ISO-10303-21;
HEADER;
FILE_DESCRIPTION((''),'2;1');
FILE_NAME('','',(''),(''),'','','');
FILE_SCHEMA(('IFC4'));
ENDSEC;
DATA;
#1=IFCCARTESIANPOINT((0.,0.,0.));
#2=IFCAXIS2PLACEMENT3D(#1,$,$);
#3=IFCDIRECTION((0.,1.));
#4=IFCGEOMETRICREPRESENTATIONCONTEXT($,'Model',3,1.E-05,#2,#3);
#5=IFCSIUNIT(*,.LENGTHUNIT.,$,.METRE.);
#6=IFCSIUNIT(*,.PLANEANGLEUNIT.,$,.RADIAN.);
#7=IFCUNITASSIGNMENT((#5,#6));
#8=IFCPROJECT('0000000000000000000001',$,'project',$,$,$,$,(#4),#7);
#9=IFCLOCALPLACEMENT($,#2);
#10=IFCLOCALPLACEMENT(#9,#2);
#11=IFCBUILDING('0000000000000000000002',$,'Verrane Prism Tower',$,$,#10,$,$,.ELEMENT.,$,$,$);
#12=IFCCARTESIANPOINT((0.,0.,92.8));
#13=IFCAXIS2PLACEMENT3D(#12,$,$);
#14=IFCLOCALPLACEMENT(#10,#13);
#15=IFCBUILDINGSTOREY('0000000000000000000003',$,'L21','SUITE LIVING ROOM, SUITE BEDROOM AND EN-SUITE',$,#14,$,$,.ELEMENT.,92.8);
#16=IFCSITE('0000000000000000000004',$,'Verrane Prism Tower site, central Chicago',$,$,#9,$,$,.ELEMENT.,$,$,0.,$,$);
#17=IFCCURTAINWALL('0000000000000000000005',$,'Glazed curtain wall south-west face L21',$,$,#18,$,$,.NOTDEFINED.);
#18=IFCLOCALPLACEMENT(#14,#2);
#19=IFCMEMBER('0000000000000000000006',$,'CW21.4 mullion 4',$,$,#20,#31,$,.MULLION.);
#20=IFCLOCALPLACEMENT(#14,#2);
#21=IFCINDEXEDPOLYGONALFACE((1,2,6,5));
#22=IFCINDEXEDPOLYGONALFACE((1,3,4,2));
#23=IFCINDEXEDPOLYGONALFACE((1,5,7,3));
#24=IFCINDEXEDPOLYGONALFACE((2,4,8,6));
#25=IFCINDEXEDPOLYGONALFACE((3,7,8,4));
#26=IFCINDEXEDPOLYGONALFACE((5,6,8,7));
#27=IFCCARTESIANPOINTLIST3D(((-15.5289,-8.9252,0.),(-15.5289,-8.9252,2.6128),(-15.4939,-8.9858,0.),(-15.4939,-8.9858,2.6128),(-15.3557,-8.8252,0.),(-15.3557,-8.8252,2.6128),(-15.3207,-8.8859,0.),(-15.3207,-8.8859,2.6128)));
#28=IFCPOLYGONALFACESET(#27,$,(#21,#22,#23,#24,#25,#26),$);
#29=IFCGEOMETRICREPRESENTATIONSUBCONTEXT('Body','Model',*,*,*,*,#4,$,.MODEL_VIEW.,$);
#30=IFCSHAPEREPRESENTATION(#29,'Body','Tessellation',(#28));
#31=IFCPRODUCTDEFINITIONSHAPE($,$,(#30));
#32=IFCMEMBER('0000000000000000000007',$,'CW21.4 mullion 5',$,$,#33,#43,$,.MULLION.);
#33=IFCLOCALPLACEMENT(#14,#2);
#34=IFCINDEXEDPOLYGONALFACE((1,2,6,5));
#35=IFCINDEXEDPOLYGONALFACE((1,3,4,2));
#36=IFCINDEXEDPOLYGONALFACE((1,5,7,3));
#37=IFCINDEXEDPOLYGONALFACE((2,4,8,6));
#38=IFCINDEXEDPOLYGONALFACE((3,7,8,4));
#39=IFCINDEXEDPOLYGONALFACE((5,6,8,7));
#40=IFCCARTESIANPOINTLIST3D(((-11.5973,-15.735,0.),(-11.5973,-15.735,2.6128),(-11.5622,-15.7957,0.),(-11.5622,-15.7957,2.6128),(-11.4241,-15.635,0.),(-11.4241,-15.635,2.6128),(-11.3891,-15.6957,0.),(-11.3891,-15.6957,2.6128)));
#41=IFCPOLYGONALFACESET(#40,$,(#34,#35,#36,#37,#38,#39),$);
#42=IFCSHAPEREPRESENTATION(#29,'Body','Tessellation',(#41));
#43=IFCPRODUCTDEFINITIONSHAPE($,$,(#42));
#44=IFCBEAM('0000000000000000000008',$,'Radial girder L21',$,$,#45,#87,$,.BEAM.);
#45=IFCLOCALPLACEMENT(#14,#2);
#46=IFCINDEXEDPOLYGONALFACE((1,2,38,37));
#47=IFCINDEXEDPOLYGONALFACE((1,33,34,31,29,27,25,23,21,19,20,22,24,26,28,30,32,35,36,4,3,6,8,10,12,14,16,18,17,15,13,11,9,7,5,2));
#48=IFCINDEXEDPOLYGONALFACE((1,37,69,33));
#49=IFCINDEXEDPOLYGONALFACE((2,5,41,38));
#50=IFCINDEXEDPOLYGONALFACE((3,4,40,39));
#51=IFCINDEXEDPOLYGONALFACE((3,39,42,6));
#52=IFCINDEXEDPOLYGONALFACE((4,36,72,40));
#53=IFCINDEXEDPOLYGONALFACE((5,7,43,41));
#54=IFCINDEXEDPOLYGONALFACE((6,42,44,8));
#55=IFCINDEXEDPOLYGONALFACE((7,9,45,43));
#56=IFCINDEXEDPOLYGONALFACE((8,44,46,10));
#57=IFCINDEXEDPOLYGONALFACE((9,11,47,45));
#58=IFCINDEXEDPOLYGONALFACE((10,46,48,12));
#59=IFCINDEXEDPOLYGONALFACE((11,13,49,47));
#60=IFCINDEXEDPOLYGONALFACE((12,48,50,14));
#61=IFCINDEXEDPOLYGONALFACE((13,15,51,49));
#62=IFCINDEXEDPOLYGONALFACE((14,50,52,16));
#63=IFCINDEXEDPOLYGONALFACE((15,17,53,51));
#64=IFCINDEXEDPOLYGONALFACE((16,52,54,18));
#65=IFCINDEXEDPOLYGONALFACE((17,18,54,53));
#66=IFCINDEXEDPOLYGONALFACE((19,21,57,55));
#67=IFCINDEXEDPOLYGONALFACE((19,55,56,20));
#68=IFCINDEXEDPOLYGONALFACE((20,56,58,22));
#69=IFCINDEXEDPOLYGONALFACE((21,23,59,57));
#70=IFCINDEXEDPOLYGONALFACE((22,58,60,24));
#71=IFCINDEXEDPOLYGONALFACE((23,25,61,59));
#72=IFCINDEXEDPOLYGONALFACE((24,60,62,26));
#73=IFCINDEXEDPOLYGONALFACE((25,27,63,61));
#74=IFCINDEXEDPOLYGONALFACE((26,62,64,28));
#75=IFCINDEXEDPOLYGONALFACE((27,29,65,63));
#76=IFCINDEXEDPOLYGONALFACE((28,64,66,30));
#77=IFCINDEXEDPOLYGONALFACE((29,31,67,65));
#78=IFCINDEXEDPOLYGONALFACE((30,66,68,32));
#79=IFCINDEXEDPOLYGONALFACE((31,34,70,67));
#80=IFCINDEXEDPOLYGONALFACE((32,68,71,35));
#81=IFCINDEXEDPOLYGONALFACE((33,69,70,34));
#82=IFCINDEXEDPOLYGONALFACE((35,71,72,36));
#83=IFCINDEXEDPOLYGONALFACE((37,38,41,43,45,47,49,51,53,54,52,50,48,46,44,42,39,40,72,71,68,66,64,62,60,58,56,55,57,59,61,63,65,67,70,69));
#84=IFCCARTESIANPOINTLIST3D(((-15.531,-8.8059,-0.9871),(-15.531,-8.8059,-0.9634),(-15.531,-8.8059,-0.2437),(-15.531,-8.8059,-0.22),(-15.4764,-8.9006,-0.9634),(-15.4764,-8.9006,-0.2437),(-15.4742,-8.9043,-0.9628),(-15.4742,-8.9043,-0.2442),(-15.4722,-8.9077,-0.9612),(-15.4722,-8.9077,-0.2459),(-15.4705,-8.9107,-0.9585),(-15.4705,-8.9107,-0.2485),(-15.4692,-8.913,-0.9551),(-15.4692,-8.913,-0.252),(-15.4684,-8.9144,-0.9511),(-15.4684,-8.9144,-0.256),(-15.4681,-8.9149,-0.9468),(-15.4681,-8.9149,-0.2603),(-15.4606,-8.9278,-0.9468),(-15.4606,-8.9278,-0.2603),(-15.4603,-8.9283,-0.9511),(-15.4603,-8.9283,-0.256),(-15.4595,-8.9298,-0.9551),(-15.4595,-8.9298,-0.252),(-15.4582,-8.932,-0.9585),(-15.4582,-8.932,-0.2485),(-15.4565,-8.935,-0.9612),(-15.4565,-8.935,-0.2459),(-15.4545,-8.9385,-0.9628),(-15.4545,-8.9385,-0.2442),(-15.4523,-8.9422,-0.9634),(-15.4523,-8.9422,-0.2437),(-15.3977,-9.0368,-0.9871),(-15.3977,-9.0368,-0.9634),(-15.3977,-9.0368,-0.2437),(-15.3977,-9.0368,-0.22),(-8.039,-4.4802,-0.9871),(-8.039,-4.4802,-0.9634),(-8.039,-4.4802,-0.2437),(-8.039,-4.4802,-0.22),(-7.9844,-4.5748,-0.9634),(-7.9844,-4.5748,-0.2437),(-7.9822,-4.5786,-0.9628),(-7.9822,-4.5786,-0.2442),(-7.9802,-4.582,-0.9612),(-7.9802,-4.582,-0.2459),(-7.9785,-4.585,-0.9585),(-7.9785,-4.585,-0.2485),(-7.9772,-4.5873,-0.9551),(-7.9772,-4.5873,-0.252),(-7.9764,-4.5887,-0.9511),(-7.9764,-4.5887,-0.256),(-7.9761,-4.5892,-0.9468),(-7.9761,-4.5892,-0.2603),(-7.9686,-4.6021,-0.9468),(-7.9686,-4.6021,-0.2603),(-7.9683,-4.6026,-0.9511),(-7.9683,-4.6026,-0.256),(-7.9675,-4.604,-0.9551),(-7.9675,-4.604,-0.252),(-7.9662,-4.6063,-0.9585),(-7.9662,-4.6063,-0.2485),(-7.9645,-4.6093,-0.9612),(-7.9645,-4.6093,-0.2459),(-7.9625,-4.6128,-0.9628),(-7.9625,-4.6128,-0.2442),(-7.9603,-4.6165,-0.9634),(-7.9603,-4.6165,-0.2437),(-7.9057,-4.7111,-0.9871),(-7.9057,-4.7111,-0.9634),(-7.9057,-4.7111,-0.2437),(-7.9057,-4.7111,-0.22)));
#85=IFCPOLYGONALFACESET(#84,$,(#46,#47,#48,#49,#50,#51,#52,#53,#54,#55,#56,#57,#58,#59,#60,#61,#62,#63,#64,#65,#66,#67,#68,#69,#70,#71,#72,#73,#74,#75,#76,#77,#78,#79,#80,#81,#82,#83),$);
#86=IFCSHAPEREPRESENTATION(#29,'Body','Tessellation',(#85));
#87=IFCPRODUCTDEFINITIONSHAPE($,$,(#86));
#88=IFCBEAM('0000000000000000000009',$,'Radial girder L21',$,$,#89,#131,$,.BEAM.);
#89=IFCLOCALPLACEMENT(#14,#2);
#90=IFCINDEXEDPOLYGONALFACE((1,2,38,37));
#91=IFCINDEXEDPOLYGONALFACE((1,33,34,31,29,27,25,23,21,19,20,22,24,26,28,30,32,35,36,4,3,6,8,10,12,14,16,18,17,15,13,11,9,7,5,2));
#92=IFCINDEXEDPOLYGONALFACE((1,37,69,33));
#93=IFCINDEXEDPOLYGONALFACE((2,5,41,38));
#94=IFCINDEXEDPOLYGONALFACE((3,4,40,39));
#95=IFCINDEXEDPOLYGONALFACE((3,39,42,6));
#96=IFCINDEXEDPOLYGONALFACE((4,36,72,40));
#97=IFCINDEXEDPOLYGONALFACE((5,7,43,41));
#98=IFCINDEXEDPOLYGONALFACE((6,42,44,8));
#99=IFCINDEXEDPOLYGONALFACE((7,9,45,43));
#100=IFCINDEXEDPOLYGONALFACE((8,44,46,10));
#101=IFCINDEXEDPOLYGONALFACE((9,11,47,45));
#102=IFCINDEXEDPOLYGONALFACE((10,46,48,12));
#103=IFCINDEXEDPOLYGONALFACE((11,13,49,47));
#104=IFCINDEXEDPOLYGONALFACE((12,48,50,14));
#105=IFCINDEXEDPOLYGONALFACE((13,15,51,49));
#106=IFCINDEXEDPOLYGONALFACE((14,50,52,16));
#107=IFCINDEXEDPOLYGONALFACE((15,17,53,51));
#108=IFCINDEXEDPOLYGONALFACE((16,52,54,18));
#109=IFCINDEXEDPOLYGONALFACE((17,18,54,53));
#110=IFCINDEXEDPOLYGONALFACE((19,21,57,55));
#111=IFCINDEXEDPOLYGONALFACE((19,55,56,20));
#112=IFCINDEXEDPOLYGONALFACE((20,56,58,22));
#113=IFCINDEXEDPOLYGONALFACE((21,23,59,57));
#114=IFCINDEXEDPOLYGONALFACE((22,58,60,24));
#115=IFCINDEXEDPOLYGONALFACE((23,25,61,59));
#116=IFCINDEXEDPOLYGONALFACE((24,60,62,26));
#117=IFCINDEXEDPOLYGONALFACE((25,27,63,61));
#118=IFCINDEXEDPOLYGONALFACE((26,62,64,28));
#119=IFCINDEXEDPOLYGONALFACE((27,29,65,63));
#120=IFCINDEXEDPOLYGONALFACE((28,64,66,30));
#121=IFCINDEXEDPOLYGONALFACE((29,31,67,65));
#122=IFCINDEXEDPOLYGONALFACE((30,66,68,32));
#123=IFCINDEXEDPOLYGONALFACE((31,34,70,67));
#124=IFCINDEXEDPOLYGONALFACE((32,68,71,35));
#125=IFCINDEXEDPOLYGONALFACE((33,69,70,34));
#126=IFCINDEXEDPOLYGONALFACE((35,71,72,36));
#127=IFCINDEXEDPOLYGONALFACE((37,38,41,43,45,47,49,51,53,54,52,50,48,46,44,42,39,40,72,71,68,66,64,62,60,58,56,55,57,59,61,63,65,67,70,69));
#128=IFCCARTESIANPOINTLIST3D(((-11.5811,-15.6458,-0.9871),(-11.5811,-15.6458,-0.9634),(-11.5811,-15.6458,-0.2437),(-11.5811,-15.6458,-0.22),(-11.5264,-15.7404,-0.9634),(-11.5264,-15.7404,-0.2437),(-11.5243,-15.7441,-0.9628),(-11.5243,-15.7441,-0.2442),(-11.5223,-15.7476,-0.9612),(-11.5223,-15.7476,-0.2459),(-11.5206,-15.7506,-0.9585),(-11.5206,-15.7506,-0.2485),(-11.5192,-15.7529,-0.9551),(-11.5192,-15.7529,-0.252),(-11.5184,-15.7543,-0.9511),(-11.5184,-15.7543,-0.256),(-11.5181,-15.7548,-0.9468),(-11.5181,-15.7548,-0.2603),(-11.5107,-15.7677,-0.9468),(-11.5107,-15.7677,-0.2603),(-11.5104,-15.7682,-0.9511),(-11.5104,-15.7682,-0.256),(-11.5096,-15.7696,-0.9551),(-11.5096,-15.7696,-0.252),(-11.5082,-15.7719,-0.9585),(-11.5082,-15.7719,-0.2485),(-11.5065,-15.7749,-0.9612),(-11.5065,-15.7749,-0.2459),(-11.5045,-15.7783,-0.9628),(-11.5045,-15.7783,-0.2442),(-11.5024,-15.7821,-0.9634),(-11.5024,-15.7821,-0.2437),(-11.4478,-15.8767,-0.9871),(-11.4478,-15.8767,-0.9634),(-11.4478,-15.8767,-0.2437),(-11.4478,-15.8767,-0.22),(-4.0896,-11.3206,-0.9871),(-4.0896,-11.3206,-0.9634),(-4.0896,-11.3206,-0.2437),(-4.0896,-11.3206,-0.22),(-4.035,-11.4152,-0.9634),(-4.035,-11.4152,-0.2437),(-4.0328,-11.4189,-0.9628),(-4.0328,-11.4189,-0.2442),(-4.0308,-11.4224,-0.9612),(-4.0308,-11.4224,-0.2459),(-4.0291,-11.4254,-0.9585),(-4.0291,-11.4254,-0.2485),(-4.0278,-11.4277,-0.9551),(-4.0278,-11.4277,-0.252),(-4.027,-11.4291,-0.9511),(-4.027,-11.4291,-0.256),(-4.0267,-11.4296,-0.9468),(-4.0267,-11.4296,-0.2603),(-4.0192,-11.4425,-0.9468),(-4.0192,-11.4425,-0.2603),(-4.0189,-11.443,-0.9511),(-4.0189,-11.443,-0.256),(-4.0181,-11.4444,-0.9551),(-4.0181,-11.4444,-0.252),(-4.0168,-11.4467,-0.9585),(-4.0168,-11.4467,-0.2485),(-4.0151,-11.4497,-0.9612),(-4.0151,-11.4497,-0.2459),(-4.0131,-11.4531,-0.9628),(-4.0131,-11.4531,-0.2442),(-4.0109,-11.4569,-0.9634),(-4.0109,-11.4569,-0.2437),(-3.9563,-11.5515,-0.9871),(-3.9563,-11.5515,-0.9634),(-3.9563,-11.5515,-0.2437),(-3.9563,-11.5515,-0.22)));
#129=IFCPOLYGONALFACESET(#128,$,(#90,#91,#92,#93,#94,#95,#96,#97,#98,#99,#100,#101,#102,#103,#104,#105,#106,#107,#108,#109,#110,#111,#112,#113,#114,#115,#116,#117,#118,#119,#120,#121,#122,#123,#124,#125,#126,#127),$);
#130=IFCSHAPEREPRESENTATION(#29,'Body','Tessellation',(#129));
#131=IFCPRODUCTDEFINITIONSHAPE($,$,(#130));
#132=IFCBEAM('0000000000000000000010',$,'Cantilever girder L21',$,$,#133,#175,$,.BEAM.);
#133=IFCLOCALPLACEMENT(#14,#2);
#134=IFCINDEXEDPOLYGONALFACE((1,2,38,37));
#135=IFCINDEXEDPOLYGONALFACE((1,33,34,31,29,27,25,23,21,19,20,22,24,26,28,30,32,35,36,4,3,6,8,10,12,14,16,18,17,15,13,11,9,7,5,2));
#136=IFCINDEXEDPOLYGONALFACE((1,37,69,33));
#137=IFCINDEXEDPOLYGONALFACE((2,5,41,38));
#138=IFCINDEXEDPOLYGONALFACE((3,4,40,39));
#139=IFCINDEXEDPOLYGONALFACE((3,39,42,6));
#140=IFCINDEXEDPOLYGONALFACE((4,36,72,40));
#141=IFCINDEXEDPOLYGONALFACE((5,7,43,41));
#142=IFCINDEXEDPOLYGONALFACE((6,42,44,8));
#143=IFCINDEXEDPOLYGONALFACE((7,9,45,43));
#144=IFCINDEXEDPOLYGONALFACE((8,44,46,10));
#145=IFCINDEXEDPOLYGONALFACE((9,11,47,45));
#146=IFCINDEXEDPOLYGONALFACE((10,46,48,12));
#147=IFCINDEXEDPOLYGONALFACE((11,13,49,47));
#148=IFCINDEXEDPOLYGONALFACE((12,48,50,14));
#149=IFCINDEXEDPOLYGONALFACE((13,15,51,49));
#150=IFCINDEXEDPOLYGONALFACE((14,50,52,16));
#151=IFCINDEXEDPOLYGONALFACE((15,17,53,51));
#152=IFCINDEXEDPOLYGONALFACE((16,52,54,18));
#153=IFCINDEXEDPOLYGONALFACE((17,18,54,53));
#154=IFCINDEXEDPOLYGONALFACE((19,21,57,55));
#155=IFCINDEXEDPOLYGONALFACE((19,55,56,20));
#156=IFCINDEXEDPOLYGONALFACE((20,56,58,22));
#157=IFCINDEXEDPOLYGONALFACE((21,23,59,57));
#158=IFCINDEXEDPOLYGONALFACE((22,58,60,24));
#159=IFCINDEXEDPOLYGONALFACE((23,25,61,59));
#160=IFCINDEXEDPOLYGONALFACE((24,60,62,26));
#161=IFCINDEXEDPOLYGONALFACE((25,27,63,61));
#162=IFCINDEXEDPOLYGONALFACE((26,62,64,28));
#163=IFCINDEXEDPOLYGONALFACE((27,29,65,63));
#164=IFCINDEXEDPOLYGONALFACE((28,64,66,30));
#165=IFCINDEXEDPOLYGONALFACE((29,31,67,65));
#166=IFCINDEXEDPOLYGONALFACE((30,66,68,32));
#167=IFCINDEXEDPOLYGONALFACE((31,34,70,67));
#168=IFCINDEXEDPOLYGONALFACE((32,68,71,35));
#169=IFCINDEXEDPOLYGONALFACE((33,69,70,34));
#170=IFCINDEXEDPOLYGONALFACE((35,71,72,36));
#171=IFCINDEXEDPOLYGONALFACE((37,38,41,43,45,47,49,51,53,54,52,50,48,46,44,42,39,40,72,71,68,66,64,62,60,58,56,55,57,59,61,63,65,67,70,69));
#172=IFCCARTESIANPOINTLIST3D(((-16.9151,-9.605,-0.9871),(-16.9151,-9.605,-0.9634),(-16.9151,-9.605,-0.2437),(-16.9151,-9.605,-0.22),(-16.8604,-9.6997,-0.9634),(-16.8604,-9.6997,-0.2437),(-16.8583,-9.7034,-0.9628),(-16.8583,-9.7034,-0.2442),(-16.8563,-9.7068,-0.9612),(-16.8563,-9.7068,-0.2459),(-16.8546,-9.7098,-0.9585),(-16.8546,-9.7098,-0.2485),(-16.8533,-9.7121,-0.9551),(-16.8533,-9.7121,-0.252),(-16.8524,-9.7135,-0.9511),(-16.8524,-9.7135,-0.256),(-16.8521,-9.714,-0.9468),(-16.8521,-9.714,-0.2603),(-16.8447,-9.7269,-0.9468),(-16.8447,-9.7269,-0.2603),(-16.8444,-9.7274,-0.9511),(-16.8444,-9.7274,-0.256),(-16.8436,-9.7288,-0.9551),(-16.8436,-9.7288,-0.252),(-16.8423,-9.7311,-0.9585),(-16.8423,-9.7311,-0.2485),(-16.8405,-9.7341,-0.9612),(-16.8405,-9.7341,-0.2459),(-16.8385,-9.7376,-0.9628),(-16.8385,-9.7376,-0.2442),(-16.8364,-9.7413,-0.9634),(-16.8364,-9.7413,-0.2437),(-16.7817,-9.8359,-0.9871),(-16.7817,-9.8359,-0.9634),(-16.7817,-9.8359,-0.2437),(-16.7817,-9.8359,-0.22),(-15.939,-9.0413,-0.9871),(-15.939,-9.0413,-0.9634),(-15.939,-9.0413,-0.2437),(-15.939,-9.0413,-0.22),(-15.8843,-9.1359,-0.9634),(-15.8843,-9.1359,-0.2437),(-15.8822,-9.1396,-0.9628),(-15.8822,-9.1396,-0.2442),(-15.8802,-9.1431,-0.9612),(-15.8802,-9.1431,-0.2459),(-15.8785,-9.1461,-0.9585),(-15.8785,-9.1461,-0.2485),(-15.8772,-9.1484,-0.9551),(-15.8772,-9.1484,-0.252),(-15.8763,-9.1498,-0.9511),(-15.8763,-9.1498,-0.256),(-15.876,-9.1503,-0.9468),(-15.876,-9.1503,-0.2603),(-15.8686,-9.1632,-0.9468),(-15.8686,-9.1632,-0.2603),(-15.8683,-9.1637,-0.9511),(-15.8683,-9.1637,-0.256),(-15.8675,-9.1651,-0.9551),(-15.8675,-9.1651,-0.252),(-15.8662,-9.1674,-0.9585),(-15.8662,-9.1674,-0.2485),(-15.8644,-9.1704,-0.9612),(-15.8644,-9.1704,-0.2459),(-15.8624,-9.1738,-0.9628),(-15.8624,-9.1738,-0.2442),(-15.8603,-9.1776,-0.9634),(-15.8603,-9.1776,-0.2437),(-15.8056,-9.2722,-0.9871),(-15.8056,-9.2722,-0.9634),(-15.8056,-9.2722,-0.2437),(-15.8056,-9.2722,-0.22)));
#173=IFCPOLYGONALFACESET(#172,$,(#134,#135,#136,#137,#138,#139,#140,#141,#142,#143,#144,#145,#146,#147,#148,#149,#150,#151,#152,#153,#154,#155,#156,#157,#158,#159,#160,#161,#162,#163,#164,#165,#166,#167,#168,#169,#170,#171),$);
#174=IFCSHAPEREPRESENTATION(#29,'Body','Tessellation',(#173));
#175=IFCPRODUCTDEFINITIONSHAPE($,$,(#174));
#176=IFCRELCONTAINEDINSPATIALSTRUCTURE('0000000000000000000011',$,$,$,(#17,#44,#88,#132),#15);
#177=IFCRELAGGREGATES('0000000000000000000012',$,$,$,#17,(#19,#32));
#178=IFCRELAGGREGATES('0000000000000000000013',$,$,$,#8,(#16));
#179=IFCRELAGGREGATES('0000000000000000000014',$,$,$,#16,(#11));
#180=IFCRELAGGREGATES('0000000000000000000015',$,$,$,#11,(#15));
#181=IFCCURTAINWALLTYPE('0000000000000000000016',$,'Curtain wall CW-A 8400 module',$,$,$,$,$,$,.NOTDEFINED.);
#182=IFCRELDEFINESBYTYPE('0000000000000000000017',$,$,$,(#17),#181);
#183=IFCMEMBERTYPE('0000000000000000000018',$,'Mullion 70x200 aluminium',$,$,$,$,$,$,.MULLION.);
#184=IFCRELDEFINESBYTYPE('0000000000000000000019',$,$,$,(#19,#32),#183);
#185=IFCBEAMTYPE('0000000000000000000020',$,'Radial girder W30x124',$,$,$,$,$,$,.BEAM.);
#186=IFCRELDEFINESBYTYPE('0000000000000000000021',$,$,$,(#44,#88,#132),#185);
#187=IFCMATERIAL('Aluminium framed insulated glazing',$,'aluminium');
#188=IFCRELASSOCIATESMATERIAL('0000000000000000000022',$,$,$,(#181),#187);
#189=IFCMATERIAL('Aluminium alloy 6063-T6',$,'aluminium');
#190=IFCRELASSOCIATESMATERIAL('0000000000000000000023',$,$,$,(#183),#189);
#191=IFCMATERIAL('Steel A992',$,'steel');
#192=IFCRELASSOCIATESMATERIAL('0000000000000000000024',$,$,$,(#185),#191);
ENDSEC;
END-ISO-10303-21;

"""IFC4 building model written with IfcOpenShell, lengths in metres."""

from ifc_helpers import new_model, si_unit, direction, frame, origin, origin_2d, place, context, subcontext, project, spatial, rectangle, i_section, extrude, material, material_profile, profile_set, type_object, element, aggregate, save


model = new_model("IFC4")

# Units and contexts
model_context = context("Model", 3, precision=1e-05, world=origin(), true_north=direction((0.0, 1.0)))
body_context = subcontext(model_context, "Body", "Model", "MODEL_VIEW")
ifc_project = project(units=[si_unit("LENGTHUNIT", "METRE"), si_unit("PLANEANGLEUNIT", "RADIAN")], contexts=[model_context])

# Site, building, storey
site_placement = place(None, origin())
site = spatial("IfcSite", under=ifc_project, at=site_placement, Name="Verrane Prism Tower site, central Chicago", CompositionType="ELEMENT", RefElevation=0.0)
building_placement = place(site_placement, origin())
building = spatial("IfcBuilding", under=site, at=building_placement, Name="Verrane Prism Tower", CompositionType="ELEMENT")
storey_placement = place(building_placement, frame((0.0, 0.0, 92.8)))
storey = spatial("IfcBuildingStorey", under=building, at=storey_placement, Name="L21", Description="SUITE LIVING ROOM, SUITE BEDROOM AND EN-SUITE", CompositionType="ELEMENT", Elevation=92.8)

# Curtain wall, members
ifc_material_1 = material(Name="Aluminium framed insulated glazing", Category="aluminium")
curtain_wall_type = type_object("IfcCurtainWallType", Name="Curtain wall CW-A 8400 module", PredefinedType="NOTDEFINED", material=ifc_material_1)
curtain_wall_placement = place(storey_placement, origin())
curtain_wall = element("IfcCurtainWall", 1, at=curtain_wall_placement, inside=storey, type_object=curtain_wall_type, Name="Glazed curtain wall south-west face L21", PredefinedType="NOTDEFINED")
ifc_material_2 = material(Name="Aluminium alloy 6063-T6", Category="aluminium")
ifc_material_profile_1 = material_profile(ifc_material_2, rectangle(XDim=0.2, YDim=0.0701, at=origin_2d()), Name="Mullion 70x200 aluminium")
ifc_profile_set_1 = profile_set([ifc_material_profile_1], Name="Aluminium alloy 6063-T6")
member_type_1 = type_object("IfcMemberType", Name="Mullion 70x200 aluminium", PredefinedType="MULLION", material=ifc_profile_set_1)
member_1_placement = place(storey_placement, frame((-15.4248, -8.9055, 0.0), z_axis=(0.0, 0.0, 1.0), x_axis=(0.866026, 0.5, 0.0)))
member_1 = element("IfcMember", 2, at=member_1_placement, type_object=member_type_1, Name="CW21.4 mullion 4", PredefinedType="MULLION", context=body_context, shape_type="SweptSolid", body=[
    extrude(rectangle(XDim=0.2, YDim=0.0701, at=origin_2d()), origin(), (0.0, 0.0, 1.0), 2.6128),
])
member_2_placement = place(storey_placement, frame((-11.4932, -15.7153, 0.0), z_axis=(0.0, 0.0, 1.0), x_axis=(0.866026, 0.5, 0.0)))
member_2 = element("IfcMember", 3, at=member_2_placement, type_object=member_type_1, Name="CW21.4 mullion 5", PredefinedType="MULLION", context=body_context, shape_type="SweptSolid", body=[
    extrude(rectangle(XDim=0.2, YDim=0.0701, at=origin_2d()), origin(), (0.0, 0.0, 1.0), 2.6128),
])

# Beams
ifc_material_3 = material(Name="Steel A992", Category="steel")
ifc_material_profile_2 = material_profile(ifc_material_3, i_section(OverallWidth=0.2666, OverallDepth=0.7671, WebThickness=0.0149, FlangeThickness=0.0237, FilletRadius=0.0166, at=origin_2d()), Name="W30x124")
ifc_profile_set_2 = profile_set([ifc_material_profile_2], Name="Steel A992")
beam_type_1 = type_object("IfcBeamType", Name="Radial girder W30x124", PredefinedType="BEAM", material=ifc_profile_set_2)
beam_1_placement = place(storey_placement, frame((-15.4644, -8.9214, -0.6035), z_axis=(0.866015, 0.500018, 0.0), x_axis=(-0.500018, 0.866015, 0.0)))
element("IfcBeam", 4, at=beam_1_placement, inside=storey, type_object=beam_type_1, Name="Radial girder L21", PredefinedType="BEAM", context=body_context, shape_type="SweptSolid", body=[
    extrude(i_section(OverallWidth=0.2666, OverallDepth=0.7671, WebThickness=0.0149, FlangeThickness=0.0237, FilletRadius=0.0166, at=origin_2d()), origin(), (0.0, 0.0, 1.0), 8.6511),
])
beam_2_placement = place(storey_placement, frame((-11.5144, -15.7612, -0.6035), z_axis=(0.866025, 0.5, 0.0), x_axis=(-0.5, 0.866025, 0.0)))
element("IfcBeam", 5, at=beam_2_placement, inside=storey, type_object=beam_type_1, Name="Radial girder L21", PredefinedType="BEAM", context=body_context, shape_type="SweptSolid", body=[
    extrude(i_section(OverallWidth=0.2666, OverallDepth=0.7671, WebThickness=0.0149, FlangeThickness=0.0237, FilletRadius=0.0166, at=origin_2d()), origin(), (0.0, 0.0, 1.0), 8.6504),
])
beam_3_placement = place(storey_placement, frame((-15.8723, -9.1567, -0.6035), z_axis=(-0.865955, -0.500122, 0.0), x_axis=(0.500122, -0.865955, 0.0)))
element("IfcBeam", 6, at=beam_3_placement, inside=storey, type_object=beam_type_1, Name="Cantilever girder L21", PredefinedType="BEAM", context=body_context, shape_type="SweptSolid", body=[
    extrude(i_section(OverallWidth=0.2666, OverallDepth=0.7671, WebThickness=0.0149, FlangeThickness=0.0237, FilletRadius=0.0166, at=origin_2d()), origin(), (0.0, 0.0, 1.0), 1.1272),
])

aggregate(curtain_wall, [member_1, member_2])

save(model, "model.ifc")
